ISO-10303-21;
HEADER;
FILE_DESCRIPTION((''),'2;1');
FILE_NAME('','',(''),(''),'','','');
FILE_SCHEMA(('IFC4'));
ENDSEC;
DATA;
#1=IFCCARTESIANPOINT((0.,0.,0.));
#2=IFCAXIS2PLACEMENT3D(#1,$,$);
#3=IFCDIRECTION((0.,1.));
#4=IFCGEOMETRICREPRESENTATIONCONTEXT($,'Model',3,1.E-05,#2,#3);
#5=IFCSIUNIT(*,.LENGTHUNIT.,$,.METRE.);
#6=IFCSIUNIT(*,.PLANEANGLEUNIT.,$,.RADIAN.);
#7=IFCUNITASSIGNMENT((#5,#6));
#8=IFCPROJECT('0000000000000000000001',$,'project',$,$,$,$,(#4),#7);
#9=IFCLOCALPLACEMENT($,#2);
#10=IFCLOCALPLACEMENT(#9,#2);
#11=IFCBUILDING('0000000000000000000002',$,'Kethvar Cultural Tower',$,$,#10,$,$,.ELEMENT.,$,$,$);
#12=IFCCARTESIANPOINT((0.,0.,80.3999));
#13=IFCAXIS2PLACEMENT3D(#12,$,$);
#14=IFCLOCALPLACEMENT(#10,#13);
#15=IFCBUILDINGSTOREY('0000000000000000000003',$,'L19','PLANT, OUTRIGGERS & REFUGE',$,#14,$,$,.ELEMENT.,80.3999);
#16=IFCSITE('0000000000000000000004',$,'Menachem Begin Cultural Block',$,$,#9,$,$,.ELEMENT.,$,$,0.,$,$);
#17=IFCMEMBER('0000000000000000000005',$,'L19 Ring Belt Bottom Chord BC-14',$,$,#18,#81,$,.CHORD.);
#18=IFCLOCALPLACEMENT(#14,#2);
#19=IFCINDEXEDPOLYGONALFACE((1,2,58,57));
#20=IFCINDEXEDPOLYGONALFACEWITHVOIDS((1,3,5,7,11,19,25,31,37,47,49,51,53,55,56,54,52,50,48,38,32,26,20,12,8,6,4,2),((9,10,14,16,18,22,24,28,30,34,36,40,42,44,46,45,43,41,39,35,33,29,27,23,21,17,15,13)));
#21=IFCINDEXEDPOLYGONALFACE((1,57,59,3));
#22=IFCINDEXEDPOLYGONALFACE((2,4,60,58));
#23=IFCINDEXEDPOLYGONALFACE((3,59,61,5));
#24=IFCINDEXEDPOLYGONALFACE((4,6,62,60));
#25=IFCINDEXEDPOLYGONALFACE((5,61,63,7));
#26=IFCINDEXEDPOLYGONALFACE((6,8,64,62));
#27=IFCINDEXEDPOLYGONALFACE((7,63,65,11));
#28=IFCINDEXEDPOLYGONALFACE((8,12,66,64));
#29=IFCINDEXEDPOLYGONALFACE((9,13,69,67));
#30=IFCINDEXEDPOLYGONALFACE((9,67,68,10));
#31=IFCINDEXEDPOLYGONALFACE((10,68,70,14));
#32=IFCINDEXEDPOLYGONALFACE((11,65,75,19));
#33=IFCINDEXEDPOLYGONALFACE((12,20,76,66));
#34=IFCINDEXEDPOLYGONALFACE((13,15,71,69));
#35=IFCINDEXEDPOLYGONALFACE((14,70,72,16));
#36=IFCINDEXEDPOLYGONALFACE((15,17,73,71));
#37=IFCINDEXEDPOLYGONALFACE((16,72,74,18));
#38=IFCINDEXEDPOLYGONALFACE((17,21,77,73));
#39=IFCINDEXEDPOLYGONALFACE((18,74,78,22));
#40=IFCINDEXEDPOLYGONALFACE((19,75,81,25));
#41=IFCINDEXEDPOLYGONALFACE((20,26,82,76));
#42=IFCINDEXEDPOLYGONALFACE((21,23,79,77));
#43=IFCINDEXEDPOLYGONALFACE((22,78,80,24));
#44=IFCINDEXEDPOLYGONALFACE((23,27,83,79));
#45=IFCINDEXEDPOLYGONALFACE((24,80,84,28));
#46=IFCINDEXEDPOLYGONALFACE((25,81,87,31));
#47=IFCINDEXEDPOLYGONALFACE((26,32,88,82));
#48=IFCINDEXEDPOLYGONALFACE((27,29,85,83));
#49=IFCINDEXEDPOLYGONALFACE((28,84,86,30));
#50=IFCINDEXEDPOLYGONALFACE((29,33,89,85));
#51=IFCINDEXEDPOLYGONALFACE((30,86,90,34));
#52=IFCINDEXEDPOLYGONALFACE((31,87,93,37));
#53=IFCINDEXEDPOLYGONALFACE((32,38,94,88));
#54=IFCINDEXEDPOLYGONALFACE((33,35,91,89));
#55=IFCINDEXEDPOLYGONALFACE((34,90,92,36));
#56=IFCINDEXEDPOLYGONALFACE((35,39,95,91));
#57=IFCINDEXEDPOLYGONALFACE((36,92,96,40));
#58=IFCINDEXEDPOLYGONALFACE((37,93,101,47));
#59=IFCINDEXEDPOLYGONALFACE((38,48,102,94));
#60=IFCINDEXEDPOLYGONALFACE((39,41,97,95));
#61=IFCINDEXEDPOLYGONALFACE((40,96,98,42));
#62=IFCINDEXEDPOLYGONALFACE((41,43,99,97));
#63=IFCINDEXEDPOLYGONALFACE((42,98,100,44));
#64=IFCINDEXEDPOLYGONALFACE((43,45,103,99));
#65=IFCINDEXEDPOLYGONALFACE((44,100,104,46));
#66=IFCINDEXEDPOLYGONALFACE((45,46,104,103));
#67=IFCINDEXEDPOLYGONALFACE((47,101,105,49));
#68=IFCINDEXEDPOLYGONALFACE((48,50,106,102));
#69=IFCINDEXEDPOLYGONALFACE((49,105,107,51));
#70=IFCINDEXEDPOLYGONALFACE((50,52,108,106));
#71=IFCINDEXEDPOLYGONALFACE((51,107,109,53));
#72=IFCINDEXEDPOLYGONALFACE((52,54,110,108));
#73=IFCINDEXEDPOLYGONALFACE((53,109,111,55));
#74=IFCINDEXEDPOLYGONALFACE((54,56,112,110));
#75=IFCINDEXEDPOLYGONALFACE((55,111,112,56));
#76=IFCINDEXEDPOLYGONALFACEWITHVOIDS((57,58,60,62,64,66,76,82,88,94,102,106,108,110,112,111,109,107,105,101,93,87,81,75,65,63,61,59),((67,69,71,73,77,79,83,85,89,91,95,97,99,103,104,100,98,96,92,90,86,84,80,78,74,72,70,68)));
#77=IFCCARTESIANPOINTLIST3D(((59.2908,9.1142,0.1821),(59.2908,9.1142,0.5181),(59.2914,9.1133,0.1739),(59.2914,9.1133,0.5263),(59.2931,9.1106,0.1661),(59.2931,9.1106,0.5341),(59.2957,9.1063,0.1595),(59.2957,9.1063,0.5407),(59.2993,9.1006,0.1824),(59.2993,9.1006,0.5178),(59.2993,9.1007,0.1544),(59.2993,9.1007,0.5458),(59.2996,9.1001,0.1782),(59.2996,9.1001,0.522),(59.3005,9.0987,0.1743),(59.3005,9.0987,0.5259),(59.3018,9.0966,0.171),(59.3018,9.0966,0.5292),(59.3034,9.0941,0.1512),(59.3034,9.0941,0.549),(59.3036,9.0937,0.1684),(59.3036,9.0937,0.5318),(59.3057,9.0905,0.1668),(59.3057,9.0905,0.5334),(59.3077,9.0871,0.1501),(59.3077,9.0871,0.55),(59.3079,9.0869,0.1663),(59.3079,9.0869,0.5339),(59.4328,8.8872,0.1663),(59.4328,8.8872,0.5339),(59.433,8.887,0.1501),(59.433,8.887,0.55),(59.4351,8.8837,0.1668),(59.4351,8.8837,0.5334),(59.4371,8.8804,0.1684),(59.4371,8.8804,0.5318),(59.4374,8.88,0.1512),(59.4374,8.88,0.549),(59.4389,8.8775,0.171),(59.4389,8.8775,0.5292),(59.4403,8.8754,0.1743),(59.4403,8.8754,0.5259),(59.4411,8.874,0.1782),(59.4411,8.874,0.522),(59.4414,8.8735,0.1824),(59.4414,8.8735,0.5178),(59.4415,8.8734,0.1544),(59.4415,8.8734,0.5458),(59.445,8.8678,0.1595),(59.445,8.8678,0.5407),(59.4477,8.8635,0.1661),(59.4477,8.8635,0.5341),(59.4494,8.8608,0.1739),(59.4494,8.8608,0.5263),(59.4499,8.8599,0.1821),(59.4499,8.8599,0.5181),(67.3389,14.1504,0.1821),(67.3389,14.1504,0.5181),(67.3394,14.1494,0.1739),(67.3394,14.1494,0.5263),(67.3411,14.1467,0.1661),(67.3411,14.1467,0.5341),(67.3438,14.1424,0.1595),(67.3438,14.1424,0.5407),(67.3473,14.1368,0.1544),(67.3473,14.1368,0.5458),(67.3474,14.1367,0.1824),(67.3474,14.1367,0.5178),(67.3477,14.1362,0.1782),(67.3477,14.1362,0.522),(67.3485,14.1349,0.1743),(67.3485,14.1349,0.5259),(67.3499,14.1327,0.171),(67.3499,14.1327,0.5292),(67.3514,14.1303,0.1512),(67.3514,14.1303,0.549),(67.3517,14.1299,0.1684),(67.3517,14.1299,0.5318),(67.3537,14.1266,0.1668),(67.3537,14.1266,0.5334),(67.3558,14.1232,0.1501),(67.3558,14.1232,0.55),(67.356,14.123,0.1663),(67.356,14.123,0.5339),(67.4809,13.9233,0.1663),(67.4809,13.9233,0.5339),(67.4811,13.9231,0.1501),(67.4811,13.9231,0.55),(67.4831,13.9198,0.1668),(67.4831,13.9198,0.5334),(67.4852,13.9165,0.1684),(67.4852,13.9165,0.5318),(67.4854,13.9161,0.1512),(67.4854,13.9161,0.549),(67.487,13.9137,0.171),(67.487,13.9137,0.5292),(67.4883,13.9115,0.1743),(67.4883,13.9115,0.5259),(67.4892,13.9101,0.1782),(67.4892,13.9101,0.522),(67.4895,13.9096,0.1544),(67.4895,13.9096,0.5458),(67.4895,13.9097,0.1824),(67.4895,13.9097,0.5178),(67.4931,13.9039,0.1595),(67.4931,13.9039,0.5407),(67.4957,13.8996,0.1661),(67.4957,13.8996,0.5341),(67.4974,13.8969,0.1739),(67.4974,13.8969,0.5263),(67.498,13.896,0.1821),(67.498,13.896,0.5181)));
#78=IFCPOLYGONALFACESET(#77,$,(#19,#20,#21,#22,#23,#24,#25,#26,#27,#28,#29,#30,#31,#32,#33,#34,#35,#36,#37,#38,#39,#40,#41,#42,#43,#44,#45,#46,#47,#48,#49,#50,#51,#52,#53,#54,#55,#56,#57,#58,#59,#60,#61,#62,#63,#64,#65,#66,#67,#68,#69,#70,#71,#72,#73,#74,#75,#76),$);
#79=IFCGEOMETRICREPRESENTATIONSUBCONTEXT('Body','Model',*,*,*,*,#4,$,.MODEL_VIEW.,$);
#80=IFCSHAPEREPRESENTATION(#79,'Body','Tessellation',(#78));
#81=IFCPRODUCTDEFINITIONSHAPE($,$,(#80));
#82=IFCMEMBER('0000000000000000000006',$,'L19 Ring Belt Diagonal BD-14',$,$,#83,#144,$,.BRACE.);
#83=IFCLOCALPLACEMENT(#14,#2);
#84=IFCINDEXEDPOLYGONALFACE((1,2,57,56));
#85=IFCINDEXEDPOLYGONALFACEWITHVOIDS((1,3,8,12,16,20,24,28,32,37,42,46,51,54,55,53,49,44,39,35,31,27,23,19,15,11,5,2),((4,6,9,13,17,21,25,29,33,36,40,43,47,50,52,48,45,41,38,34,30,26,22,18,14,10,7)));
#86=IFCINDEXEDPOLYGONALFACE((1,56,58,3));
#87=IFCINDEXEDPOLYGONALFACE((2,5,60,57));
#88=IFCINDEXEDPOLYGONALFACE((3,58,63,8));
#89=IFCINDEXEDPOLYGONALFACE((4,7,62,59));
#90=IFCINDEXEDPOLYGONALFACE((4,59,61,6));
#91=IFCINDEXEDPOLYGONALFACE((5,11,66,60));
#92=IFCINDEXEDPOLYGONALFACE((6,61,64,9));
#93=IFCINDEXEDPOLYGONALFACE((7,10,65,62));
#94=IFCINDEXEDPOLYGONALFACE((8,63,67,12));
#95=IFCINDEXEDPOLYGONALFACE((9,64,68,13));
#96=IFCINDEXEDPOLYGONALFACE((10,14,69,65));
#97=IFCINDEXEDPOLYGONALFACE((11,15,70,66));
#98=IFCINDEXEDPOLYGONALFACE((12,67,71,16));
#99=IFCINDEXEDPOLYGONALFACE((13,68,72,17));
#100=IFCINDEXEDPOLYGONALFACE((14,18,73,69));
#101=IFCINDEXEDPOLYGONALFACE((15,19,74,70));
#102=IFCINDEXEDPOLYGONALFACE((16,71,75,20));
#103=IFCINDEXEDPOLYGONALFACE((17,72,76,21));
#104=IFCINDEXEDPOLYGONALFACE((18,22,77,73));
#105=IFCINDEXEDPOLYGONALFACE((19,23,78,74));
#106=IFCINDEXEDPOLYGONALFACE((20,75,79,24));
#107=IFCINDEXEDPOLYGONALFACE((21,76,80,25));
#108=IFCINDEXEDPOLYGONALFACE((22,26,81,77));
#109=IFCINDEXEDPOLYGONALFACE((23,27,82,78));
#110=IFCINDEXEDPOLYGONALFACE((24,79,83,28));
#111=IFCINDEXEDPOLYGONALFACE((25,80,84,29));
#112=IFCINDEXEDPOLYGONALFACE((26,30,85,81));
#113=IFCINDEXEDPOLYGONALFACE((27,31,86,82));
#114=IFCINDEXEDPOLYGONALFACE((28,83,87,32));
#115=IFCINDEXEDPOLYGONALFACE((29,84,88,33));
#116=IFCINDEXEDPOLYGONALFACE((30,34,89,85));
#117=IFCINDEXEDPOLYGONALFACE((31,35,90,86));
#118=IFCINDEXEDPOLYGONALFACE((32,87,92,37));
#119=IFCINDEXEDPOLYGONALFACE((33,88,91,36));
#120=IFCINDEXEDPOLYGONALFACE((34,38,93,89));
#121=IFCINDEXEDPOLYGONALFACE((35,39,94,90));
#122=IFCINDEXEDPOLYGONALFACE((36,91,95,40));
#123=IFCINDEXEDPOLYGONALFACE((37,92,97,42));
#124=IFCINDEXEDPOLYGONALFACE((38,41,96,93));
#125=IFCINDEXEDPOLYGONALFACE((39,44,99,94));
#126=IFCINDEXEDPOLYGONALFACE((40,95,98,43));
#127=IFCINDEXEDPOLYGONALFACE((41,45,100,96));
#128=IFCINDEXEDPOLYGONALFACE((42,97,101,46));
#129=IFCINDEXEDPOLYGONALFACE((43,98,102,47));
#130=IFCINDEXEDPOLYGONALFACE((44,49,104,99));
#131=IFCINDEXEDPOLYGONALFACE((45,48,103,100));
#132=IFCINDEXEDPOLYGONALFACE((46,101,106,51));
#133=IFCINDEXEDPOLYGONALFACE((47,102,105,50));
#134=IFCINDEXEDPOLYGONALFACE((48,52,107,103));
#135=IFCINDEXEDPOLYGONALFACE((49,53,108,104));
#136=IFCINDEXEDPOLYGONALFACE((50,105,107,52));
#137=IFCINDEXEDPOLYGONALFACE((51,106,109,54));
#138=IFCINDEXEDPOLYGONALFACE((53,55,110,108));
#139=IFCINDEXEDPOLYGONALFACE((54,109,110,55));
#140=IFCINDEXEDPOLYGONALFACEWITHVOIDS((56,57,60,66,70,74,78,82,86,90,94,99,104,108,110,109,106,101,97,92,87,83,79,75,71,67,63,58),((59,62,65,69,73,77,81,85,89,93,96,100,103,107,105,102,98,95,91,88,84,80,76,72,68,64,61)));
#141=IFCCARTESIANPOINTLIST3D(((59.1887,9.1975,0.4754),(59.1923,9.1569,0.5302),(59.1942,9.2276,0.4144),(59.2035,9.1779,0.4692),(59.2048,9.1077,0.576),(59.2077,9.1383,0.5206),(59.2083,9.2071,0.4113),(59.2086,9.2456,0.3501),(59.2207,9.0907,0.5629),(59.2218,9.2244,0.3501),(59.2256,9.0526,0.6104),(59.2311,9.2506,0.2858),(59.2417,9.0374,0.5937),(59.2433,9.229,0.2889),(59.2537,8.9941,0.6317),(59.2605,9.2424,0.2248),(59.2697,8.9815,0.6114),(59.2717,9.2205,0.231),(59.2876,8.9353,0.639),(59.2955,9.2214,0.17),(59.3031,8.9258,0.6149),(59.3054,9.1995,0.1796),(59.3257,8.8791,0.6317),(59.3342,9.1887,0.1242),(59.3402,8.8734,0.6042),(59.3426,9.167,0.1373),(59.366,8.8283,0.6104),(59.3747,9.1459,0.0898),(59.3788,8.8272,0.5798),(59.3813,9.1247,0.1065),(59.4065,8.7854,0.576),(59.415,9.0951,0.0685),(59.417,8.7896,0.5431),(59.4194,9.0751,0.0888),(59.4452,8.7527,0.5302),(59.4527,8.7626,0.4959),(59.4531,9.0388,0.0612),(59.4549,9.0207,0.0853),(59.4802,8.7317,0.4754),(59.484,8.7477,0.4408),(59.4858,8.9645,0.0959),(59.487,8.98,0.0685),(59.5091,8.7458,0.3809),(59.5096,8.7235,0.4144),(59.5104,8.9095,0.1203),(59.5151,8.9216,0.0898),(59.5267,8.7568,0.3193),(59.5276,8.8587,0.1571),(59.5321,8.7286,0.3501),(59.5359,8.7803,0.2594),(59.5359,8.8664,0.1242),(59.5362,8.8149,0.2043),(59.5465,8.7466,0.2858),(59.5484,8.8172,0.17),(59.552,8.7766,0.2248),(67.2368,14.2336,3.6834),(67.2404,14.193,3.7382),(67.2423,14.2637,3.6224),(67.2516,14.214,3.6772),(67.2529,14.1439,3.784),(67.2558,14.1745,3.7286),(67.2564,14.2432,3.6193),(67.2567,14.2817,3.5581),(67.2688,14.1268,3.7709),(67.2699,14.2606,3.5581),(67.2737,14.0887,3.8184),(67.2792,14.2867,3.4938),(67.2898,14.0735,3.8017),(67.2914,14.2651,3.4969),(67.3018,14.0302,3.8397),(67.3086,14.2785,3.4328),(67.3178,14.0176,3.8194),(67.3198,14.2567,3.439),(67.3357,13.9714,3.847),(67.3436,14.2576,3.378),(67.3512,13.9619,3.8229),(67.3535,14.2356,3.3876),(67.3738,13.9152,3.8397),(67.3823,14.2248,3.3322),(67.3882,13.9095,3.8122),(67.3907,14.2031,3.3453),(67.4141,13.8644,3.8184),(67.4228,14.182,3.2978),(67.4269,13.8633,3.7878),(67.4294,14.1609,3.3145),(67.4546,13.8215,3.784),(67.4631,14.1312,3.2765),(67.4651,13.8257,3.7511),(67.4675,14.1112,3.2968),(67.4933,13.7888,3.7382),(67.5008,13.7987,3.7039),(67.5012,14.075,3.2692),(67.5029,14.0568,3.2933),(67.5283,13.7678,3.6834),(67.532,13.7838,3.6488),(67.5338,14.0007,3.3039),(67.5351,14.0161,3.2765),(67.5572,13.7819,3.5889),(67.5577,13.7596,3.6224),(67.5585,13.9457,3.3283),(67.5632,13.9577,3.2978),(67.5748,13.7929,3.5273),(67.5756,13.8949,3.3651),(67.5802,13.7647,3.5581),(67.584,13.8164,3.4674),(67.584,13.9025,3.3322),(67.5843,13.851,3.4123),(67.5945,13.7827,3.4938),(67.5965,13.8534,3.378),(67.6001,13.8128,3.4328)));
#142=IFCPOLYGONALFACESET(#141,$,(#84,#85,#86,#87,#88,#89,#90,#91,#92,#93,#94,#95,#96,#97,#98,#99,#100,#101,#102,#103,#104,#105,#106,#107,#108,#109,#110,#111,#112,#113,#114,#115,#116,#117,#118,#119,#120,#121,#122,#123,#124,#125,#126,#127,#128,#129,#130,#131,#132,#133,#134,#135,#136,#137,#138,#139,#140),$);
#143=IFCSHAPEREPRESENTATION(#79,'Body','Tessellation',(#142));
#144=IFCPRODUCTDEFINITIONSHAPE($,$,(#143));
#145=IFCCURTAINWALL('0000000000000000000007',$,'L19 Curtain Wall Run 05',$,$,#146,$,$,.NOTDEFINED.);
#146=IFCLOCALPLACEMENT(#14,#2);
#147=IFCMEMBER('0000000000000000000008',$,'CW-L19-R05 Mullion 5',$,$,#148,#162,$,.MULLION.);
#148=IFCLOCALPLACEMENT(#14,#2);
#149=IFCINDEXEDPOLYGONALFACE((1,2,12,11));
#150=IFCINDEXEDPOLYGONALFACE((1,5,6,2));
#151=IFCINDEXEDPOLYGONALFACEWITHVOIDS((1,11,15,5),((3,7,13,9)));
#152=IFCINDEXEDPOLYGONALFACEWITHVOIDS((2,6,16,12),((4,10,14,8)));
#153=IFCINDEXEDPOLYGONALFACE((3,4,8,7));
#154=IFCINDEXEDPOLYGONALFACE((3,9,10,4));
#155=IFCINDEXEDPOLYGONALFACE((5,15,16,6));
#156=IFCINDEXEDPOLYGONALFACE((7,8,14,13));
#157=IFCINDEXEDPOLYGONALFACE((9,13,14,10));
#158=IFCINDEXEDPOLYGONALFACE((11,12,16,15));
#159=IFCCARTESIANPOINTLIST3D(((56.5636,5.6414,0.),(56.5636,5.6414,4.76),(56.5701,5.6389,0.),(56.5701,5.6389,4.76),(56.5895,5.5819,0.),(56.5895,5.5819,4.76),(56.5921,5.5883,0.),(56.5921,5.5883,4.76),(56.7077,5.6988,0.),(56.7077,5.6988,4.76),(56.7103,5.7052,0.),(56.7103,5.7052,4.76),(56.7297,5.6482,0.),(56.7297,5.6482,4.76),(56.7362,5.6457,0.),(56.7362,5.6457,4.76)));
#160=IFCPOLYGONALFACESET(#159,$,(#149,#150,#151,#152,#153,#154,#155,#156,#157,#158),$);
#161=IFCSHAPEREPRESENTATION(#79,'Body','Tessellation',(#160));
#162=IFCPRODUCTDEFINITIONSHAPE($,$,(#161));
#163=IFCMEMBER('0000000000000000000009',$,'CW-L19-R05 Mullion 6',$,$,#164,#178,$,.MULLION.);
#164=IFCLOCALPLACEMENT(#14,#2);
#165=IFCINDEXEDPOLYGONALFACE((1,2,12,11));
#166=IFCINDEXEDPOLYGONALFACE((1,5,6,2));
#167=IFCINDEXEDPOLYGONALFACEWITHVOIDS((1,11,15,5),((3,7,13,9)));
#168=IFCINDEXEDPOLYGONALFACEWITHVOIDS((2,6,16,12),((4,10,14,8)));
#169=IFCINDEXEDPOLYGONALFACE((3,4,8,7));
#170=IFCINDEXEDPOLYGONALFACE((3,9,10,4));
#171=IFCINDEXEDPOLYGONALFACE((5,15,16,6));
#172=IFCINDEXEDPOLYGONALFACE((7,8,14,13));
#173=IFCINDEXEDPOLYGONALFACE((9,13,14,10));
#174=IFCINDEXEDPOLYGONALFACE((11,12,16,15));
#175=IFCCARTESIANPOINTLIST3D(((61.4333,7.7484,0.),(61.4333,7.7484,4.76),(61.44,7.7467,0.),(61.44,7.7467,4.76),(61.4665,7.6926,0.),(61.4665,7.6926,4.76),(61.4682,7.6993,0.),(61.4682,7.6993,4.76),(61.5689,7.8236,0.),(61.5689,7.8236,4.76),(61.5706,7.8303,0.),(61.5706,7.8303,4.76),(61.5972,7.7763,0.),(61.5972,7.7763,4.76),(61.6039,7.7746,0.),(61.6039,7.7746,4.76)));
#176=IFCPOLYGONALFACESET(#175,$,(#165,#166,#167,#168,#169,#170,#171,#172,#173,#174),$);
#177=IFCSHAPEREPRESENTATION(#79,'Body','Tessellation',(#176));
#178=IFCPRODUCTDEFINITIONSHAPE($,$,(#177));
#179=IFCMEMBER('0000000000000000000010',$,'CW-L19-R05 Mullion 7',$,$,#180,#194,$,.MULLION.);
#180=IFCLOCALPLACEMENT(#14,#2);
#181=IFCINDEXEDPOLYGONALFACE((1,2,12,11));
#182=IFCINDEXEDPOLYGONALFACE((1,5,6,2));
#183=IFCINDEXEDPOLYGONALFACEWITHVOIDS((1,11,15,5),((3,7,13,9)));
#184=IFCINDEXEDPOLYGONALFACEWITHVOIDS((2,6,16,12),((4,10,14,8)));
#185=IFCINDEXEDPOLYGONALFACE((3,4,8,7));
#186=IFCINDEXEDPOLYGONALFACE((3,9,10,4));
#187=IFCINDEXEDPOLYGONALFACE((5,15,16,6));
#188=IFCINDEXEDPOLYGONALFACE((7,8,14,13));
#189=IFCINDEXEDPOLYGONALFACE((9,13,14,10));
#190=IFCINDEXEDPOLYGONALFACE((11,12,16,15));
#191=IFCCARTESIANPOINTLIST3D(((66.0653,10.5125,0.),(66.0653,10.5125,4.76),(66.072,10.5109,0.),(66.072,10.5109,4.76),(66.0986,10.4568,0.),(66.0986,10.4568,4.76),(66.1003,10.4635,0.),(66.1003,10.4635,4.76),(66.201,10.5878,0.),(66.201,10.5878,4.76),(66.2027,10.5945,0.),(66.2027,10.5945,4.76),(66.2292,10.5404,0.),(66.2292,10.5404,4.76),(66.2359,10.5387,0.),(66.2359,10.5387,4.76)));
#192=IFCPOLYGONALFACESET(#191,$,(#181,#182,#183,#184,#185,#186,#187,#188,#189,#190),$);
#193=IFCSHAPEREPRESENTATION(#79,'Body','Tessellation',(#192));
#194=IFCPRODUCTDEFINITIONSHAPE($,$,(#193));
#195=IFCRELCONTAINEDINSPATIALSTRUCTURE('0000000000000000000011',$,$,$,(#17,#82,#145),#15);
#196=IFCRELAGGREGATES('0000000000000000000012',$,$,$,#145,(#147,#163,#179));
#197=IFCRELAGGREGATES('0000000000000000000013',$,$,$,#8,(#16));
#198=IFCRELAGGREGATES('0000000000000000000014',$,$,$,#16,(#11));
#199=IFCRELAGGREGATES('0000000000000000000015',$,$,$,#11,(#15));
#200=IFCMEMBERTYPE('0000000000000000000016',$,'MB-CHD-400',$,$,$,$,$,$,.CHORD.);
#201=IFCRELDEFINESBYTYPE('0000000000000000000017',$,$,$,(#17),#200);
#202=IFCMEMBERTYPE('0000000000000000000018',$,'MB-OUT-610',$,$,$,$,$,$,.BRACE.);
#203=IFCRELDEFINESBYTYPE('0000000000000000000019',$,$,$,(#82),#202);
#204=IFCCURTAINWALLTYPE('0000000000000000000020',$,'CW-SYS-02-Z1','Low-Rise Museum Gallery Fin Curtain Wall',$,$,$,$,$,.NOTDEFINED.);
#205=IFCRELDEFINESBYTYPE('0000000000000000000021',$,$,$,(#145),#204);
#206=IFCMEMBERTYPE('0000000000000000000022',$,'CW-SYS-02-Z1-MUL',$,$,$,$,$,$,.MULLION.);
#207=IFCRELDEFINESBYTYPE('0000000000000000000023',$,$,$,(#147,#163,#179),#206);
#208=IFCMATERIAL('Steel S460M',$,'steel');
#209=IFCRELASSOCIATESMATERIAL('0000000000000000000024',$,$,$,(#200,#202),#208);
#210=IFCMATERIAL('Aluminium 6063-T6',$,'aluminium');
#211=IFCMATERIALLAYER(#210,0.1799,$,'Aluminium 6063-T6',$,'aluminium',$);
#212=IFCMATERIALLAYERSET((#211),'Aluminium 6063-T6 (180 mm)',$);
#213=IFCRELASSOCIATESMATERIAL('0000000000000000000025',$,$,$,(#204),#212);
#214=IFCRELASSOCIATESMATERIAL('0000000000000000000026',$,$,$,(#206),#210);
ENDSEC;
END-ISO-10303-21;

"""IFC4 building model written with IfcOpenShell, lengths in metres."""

from ifc_helpers import new_model, si_unit, direction, frame, origin, origin_2d, place, context, subcontext, project, spatial, hollow_rectangle, hollow_circle, extrude, source, transform, mapped, material, layer, layer_set, material_profile, profile_set, type_object, element, aggregate, save


model = new_model("IFC4")

# Units and contexts
model_context = context("Model", 3, precision=1e-05, world=origin(), true_north=direction((0.0, 1.0)))
body_context = subcontext(model_context, "Body", "Model", "MODEL_VIEW")
ifc_project = project(units=[si_unit("LENGTHUNIT", "METRE"), si_unit("PLANEANGLEUNIT", "RADIAN")], contexts=[model_context])

# Site, building, storey
site_placement = place(None, origin())
site = spatial("IfcSite", under=ifc_project, at=site_placement, Name="Menachem Begin Cultural Block", CompositionType="ELEMENT", RefElevation=0.0)
building_placement = place(site_placement, origin())
building = spatial("IfcBuilding", under=site, at=building_placement, Name="Kethvar Cultural Tower", CompositionType="ELEMENT")
storey_placement = place(building_placement, frame((0.0, 0.0, 80.3999)))
storey = spatial("IfcBuildingStorey", under=building, at=storey_placement, Name="L19", Description="PLANT, OUTRIGGERS & REFUGE", CompositionType="ELEMENT", Elevation=80.3999)

# Shared definitions
ifc_material_1 = material(Name="Steel S460M", Category="steel")

# Members
ifc_material_profile_1 = material_profile(ifc_material_1, hollow_rectangle(XDim=0.3, YDim=0.3999, WallThickness=0.0161, InnerFilletRadius=0.0161, OuterFilletRadius=0.032, at=origin_2d()), Name="Steel S460M — RHS400x300x16")
ifc_profile_set_1 = profile_set([ifc_material_profile_1], Name="Steel S460M — RHS400x300x16")
member_type_1 = type_object("IfcMemberType", Name="MB-CHD-400", PredefinedType="CHORD", material=ifc_profile_set_1)
shared_shape_1 = source(origin(), body_context, "Body", "SweptSolid", [
    extrude(hollow_rectangle(XDim=0.3, YDim=0.3999, WallThickness=0.0161, InnerFilletRadius=0.0161, OuterFilletRadius=0.032, at=origin_2d()), origin(), (0.0, 0.0, 1.0), 9.4939),
])
member_1_placement = place(storey_placement, frame((59.3704, 8.9871, 0.3501), z_axis=(0.847711, 0.530459, 0.0), x_axis=(-0.530459, 0.847711, 0.0)))
element("IfcMember", 1, at=member_1_placement, inside=storey, type_object=member_type_1, Name="L19 Ring Belt Bottom Chord BC-14", PredefinedType="CHORD", context=body_context, shape_type="MappedRepresentation", body=[
    mapped(shared_shape_1, transform((0.0, 0.0, 0.0), scale=1.0)),
])
ifc_material_profile_2 = material_profile(ifc_material_1, hollow_circle(Radius=0.3049, WallThickness=0.0249, at=origin_2d()), Name="Steel S460M — CHS610x25")
ifc_profile_set_2 = profile_set([ifc_material_profile_2], Name="Steel S460M — CHS610x25")
member_type_2 = type_object("IfcMemberType", Name="MB-OUT-610", PredefinedType="BRACE", material=ifc_profile_set_2)
shared_shape_2 = source(origin(), body_context, "Body", "SweptSolid", [
    extrude(hollow_circle(Radius=0.3049, WallThickness=0.0249, at=origin_2d()), origin(), (0.0, 0.0, 1.0), 10.0212),
])
member_2_placement = place(storey_placement, frame((59.3704, 8.9871, 0.3501), z_axis=(0.803102, 0.502545, 0.32012), x_axis=(-0.530459, 0.847711, 0.0)))
element("IfcMember", 2, at=member_2_placement, inside=storey, type_object=member_type_2, Name="L19 Ring Belt Diagonal BD-14", PredefinedType="BRACE", context=body_context, shape_type="MappedRepresentation", body=[
    mapped(shared_shape_2, transform((0.0, 0.0, 0.0), scale=1.0)),
])

# Curtain wall, members
ifc_material_2 = material(Name="Aluminium 6063-T6", Category="aluminium")
ifc_layer_1 = layer(ifc_material_2, 0.1799, Name="Aluminium 6063-T6", Category="aluminium")
ifc_layer_set_1 = layer_set([ifc_layer_1], Name="Aluminium 6063-T6 (180 mm)")
curtain_wall_type = type_object("IfcCurtainWallType", Name="CW-SYS-02-Z1", Description="Low-Rise Museum Gallery Fin Curtain Wall", PredefinedType="NOTDEFINED", material=ifc_layer_set_1)
curtain_wall_1_placement = place(storey_placement, origin())
curtain_wall_1 = element("IfcCurtainWall", 3, at=curtain_wall_1_placement, inside=storey, type_object=curtain_wall_type, Name="L19 Curtain Wall Run 05", PredefinedType="NOTDEFINED")
ifc_material_profile_3 = material_profile(ifc_material_2, hollow_rectangle(XDim=0.0649, YDim=0.1599, WallThickness=0.0049, at=origin_2d()), Name="Aluminium 6063-T6 — RHS160x65x5")
ifc_profile_set_3 = profile_set([ifc_material_profile_3], Name="Aluminium 6063-T6 — RHS160x65x5")
member_type_3 = type_object("IfcMemberType", Name="CW-SYS-02-Z1-MUL", PredefinedType="MULLION", material=ifc_profile_set_3)
shared_shape_3 = source(origin(), body_context, "Body", "SweptSolid", [
    extrude(hollow_rectangle(XDim=0.0649, YDim=0.1599, WallThickness=0.0049, at=origin_2d()), origin(), (0.0, 0.0, 1.0), 4.76),
])
member_3_placement = place(storey_placement, frame((56.6499, 5.6436, 0.0), z_axis=(0.0, 0.0, 1.0), x_axis=(-0.399101, 0.916907, 0.0)))
member_3 = element("IfcMember", 4, at=member_3_placement, type_object=member_type_3, Name="CW-L19-R05 Mullion 5", PredefinedType="MULLION", context=body_context, shape_type="MappedRepresentation", body=[
    mapped(shared_shape_3, transform((0.0, 0.0, 0.0), scale=1.0)),
])
member_4_placement = place(storey_placement, frame((61.5186, 7.7615, 0.0), z_axis=(0.0, 0.0, 1.0), x_axis=(-0.512418, 0.858736, 0.0)))
member_4 = element("IfcMember", 5, at=member_4_placement, type_object=member_type_3, Name="CW-L19-R05 Mullion 6", PredefinedType="MULLION", context=body_context, shape_type="MappedRepresentation", body=[
    mapped(shared_shape_3, transform((0.0, 0.0, 0.0), scale=1.0)),
])
member_5_placement = place(storey_placement, frame((66.1506, 10.5256, 0.0), z_axis=(0.0, 0.0, 1.0), x_axis=(-0.512418, 0.858736, 0.0)))
member_5 = element("IfcMember", 6, at=member_5_placement, type_object=member_type_3, Name="CW-L19-R05 Mullion 7", PredefinedType="MULLION", context=body_context, shape_type="MappedRepresentation", body=[
    mapped(shared_shape_3, transform((0.0, 0.0, 0.0), scale=1.0)),
])

aggregate(curtain_wall_1, [member_3, member_4, member_5])

save(model, "model.ifc")
